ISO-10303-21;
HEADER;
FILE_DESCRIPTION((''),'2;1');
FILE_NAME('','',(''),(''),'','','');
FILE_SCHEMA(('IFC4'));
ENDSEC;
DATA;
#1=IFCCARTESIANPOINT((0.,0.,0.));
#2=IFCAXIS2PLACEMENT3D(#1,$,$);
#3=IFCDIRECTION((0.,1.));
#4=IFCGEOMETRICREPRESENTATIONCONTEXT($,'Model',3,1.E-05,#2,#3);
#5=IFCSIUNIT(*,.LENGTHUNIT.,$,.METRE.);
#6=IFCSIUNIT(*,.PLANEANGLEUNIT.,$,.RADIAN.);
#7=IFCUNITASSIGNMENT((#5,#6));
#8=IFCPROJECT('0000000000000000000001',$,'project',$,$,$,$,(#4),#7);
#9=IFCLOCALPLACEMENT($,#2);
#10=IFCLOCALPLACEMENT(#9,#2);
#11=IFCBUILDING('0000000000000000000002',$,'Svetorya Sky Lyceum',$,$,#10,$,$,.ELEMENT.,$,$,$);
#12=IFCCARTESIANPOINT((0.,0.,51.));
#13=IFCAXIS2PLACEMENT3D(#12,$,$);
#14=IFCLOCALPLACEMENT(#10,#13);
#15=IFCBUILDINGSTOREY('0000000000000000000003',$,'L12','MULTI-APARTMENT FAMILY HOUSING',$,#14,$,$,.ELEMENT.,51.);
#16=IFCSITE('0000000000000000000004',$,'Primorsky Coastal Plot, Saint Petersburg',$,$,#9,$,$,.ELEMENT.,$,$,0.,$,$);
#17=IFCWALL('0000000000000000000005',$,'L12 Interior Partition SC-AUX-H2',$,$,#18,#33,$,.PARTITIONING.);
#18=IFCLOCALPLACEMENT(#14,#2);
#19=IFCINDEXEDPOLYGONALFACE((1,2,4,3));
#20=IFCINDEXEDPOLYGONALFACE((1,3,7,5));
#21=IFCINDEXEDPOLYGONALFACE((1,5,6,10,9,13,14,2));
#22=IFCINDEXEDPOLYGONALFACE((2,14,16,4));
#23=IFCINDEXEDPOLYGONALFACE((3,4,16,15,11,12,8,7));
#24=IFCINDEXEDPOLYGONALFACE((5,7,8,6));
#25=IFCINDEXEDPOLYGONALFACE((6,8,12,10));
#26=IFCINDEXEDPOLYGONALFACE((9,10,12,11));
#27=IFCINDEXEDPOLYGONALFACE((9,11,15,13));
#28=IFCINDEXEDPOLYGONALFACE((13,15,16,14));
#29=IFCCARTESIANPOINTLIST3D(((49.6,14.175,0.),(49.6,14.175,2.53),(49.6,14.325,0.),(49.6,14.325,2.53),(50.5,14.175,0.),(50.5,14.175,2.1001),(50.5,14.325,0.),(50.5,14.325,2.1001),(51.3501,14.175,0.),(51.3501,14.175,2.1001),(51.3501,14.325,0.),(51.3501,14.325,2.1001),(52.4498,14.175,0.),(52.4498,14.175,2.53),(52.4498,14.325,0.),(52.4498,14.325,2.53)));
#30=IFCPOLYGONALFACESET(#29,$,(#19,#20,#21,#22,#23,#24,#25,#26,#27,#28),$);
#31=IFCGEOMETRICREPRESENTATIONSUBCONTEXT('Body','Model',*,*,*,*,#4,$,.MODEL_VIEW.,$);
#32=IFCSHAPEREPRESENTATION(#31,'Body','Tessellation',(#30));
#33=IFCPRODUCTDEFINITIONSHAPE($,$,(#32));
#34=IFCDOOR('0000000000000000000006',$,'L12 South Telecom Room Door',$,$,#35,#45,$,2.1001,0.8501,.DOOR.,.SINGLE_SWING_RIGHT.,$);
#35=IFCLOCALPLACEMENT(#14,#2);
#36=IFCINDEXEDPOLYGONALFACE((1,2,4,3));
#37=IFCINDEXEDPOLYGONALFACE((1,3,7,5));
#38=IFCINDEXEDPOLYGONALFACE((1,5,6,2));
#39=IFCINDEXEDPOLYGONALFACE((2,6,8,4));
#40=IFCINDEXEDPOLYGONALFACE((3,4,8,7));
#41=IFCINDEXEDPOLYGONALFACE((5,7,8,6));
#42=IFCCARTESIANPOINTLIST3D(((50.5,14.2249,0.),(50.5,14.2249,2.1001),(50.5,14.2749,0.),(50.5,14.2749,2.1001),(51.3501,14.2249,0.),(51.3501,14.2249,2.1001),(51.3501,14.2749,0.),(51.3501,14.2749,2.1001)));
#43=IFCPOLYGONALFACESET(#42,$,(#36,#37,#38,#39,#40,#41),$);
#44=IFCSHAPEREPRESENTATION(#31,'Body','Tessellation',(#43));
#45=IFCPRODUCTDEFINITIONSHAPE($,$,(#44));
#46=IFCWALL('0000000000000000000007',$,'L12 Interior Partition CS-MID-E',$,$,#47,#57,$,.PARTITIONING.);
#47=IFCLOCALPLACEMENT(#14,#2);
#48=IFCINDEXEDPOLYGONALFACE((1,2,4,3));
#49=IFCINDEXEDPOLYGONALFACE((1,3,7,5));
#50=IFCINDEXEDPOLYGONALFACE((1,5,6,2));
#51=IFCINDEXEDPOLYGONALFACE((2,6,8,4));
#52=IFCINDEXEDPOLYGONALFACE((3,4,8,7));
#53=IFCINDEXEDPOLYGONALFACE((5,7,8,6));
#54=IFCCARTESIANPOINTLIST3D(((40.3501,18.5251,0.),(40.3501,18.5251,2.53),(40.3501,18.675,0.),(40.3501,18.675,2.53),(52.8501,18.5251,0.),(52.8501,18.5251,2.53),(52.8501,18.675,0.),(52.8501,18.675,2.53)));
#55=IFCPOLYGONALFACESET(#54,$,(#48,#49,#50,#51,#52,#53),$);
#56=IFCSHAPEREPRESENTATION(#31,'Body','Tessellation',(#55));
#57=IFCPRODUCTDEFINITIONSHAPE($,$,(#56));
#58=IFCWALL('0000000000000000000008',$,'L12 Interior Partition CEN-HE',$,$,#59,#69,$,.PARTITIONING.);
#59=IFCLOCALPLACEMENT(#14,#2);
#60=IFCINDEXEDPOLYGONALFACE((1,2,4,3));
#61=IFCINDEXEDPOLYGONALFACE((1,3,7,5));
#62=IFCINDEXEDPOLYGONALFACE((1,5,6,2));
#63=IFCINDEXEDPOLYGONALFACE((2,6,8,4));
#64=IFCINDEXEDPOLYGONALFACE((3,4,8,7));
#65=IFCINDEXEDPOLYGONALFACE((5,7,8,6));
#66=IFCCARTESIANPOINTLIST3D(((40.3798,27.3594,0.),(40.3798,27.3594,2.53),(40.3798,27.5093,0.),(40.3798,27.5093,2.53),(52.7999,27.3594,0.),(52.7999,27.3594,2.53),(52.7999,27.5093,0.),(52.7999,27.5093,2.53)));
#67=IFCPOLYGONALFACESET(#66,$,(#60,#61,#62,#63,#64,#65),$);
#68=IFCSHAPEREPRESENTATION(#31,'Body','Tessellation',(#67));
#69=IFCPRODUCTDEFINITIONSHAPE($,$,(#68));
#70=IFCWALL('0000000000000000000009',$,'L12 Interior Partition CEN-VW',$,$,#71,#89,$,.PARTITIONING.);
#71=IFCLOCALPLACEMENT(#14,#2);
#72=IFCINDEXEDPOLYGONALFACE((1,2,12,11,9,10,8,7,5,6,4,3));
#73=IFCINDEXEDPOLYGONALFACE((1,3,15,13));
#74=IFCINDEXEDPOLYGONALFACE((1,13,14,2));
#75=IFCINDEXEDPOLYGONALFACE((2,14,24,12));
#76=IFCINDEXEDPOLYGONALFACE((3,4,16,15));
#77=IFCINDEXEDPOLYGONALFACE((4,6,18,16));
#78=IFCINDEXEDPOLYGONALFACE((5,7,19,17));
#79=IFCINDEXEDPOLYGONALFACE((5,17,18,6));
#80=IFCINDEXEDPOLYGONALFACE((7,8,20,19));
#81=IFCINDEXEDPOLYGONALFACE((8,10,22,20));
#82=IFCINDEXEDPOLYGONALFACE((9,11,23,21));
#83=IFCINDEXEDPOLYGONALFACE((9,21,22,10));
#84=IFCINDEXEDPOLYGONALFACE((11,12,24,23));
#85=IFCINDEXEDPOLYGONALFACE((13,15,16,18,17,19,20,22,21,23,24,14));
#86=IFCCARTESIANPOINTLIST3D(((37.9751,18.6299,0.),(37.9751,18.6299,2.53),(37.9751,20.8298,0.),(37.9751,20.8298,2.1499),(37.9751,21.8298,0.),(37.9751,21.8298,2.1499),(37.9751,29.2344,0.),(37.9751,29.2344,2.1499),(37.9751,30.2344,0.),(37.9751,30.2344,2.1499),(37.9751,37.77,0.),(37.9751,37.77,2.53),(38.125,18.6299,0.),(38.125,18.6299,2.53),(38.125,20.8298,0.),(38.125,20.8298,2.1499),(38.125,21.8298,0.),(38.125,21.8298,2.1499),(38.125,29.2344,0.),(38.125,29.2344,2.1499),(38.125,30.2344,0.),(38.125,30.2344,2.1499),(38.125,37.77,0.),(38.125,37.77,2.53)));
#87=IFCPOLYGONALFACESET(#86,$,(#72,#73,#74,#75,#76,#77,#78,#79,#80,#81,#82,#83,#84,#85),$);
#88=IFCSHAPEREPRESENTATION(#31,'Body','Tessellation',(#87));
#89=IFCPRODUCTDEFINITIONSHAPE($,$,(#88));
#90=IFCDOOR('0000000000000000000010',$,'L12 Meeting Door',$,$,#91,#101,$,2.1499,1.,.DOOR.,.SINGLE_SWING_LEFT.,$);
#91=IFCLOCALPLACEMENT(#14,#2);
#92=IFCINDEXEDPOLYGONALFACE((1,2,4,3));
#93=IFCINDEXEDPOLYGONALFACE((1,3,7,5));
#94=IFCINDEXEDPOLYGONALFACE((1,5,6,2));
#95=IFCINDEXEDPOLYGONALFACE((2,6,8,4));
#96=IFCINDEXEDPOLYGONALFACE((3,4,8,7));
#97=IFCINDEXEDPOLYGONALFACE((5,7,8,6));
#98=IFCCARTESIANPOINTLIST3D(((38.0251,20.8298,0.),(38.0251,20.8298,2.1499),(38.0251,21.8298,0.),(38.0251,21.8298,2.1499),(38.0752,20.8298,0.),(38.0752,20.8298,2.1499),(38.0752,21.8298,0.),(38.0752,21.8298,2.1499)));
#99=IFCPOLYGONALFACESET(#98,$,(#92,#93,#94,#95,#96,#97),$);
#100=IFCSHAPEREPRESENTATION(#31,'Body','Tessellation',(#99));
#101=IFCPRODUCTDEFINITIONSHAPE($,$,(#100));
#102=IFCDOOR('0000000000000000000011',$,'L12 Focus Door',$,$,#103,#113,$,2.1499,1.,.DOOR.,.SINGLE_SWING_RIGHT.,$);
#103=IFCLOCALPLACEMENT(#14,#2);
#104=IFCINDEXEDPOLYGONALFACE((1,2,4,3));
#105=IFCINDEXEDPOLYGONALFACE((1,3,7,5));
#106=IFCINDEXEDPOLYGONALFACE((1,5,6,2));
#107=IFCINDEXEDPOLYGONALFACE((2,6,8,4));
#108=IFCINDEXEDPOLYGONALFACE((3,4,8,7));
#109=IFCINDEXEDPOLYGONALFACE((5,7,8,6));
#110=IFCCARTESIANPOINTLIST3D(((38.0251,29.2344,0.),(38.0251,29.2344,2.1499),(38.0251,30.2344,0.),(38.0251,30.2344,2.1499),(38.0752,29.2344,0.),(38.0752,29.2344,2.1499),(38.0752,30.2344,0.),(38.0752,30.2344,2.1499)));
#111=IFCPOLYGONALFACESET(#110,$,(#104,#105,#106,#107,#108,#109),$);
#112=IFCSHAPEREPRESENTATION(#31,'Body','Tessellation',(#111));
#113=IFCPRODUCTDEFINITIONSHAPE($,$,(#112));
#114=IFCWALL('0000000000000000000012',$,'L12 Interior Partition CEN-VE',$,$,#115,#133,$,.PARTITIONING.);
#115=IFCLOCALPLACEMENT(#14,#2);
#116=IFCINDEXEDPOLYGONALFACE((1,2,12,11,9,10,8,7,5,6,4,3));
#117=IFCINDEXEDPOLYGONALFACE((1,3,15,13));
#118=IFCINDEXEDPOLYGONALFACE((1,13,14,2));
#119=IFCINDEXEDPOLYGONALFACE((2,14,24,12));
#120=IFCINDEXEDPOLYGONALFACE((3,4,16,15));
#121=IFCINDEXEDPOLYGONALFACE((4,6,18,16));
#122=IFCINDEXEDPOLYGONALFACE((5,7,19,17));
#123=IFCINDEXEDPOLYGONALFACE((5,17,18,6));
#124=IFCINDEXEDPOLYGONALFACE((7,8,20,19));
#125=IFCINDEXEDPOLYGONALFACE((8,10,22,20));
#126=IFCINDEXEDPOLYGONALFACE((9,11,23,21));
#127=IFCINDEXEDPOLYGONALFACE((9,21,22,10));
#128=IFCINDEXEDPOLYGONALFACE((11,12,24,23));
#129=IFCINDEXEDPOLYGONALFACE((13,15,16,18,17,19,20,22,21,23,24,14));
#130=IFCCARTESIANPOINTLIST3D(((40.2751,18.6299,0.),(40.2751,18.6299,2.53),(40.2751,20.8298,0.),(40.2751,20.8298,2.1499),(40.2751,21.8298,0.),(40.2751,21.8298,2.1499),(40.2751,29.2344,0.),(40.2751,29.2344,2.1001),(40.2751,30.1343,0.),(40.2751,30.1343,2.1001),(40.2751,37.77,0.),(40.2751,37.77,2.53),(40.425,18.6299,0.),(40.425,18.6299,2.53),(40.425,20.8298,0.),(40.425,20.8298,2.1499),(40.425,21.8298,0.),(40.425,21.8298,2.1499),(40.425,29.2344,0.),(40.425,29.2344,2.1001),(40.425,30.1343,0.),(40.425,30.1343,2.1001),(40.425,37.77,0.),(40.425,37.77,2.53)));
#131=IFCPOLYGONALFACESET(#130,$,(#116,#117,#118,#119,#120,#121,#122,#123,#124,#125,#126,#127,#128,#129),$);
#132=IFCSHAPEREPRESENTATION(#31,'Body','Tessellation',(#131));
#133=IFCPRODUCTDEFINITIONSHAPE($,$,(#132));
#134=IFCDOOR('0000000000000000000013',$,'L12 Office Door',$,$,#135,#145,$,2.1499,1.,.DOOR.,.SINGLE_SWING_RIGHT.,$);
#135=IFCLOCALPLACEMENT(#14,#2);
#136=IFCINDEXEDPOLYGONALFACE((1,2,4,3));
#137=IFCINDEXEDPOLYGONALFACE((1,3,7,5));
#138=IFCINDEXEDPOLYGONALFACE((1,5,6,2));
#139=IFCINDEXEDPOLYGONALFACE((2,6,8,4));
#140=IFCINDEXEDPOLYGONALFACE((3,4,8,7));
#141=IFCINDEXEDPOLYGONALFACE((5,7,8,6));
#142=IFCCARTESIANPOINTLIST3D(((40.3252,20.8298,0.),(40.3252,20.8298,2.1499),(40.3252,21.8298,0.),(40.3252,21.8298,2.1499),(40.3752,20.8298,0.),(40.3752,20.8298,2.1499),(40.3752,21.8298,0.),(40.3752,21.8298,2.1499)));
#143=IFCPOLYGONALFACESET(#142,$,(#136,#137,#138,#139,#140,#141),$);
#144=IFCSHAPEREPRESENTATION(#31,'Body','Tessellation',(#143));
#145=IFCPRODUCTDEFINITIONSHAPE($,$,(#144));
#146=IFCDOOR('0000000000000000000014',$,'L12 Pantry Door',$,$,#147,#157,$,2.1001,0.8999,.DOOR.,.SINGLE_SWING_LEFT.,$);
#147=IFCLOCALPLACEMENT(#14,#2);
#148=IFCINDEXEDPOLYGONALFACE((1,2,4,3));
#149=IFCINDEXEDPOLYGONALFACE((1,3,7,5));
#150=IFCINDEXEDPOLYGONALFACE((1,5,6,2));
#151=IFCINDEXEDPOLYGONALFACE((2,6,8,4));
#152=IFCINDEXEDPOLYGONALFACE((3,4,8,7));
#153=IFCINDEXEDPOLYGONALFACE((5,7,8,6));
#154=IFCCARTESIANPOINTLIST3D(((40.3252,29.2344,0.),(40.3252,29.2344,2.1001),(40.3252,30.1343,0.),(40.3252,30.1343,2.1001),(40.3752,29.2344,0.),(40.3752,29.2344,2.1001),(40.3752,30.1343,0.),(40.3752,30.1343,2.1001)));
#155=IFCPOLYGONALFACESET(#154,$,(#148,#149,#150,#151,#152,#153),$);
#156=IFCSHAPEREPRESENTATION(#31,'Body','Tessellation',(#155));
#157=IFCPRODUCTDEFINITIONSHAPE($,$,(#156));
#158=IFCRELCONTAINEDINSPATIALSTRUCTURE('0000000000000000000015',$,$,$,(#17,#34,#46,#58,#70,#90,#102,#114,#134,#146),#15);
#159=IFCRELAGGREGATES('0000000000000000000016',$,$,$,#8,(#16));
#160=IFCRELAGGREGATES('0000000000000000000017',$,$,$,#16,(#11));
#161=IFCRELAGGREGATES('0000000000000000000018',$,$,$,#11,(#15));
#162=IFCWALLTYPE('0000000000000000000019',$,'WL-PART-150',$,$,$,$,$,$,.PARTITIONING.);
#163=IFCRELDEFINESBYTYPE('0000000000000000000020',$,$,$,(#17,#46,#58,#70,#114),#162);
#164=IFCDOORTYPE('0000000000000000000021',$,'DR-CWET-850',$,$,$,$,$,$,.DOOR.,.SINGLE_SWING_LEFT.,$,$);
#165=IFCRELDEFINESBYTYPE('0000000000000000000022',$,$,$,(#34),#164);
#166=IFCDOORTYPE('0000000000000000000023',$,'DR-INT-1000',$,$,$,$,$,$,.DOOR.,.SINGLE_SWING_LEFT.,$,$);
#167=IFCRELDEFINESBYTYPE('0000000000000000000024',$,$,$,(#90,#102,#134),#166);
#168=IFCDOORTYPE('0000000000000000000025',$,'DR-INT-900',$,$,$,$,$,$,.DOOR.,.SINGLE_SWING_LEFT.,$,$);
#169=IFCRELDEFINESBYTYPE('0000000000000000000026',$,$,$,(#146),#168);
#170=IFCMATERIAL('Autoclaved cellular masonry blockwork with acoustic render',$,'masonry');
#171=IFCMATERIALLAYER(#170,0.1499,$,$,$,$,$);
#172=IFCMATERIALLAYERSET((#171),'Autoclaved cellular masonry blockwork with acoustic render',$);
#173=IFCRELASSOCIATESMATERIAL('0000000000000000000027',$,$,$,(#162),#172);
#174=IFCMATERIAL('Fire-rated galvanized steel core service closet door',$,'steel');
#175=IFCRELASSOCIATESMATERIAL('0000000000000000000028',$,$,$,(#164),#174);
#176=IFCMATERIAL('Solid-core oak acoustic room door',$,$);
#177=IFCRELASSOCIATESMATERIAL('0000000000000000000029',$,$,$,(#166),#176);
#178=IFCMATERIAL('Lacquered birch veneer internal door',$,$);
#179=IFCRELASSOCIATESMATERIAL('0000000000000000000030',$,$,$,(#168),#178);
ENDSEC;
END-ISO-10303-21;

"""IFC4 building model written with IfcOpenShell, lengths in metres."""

from ifc_helpers import new_model, si_unit, direction, frame, frame_2d, origin, place, context, subcontext, project, spatial, rectangle, extrude, material, layer, layer_set, type_object, element, fill, save


model = new_model("IFC4")

# Units and contexts
model_context = context("Model", 3, precision=1e-05, world=origin(), true_north=direction((0.0, 1.0)))
body_context = subcontext(model_context, "Body", "Model", "MODEL_VIEW")
ifc_project = project(units=[si_unit("LENGTHUNIT", "METRE"), si_unit("PLANEANGLEUNIT", "RADIAN")], contexts=[model_context])

# Site, building, storey
site_placement = place(None, origin())
site = spatial("IfcSite", under=ifc_project, at=site_placement, Name="Primorsky Coastal Plot, Saint Petersburg", CompositionType="ELEMENT", RefElevation=0.0)
building_placement = place(site_placement, origin())
building = spatial("IfcBuilding", under=site, at=building_placement, Name="Svetorya Sky Lyceum", CompositionType="ELEMENT")
storey_placement = place(building_placement, frame((0.0, 0.0, 51.0)))
storey = spatial("IfcBuildingStorey", under=building, at=storey_placement, Name="L12", Description="MULTI-APARTMENT FAMILY HOUSING", CompositionType="ELEMENT", Elevation=51.0)

# Shared definitions
ifc_material_1 = material(Name="Autoclaved cellular masonry blockwork with acoustic render", Category="masonry")
ifc_layer_1 = layer(ifc_material_1, 0.1499)
ifc_layer_set_1 = layer_set([ifc_layer_1], Name="Autoclaved cellular masonry blockwork with acoustic render")
wall_type_1 = type_object("IfcWallType", Name="WL-PART-150", PredefinedType="PARTITIONING", material=ifc_layer_set_1)

# Wall, opening, door
wall_1_placement = place(storey_placement, frame((49.6001, 14.25, 0.0), z_axis=(0.0, 0.0, 1.0), x_axis=(1.0, 0.0, 0.0)))
wall_1 = element("IfcWall", 1, at=wall_1_placement, inside=storey, type_object=wall_type_1, Name="L12 Interior Partition SC-AUX-H2", PredefinedType="PARTITIONING", context=body_context, shape_type="SweptSolid", body=[
    extrude(rectangle(XDim=2.8499, YDim=0.1499, at=frame_2d((1.4248, 0.0))), origin(), (0.0, 0.0, 1.0), 2.53),
])
opening_1_placement = place(wall_1_placement, frame((0.8999, 0.0, 0.0)))
opening_1 = element("IfcOpeningElement", 2, at=opening_1_placement, cuts=wall_1, PredefinedType="OPENING", context=body_context, shape_type="SweptSolid", body=[
    extrude(rectangle(XDim=0.8501, YDim=2.1001, at=frame_2d((0.425, 1.05))), frame((0.0, 0.085, 0.0), z_axis=(0.0, -1.0, 0.0), x_axis=(1.0, 0.0, 0.0)), (0.0, 0.0, 1.0), 0.1699),
])
ifc_material_2 = material(Name="Fire-rated galvanized steel core service closet door", Category="steel")
door_type_1 = type_object("IfcDoorType", Name="DR-CWET-850", OperationType="SINGLE_SWING_LEFT", PredefinedType="DOOR", material=ifc_material_2)
door_1_placement = place(opening_1_placement, origin())
door_1 = element("IfcDoor", 3, at=door_1_placement, inside=storey, type_object=door_type_1, Name="L12 South Telecom Room Door", OperationType="SINGLE_SWING_RIGHT", OverallHeight=2.1001, OverallWidth=0.8501, PredefinedType="DOOR", context=body_context, shape_type="SweptSolid", body=[
    extrude(rectangle(XDim=0.8501, YDim=2.1001, at=frame_2d((0.425, 1.05))), frame((0.0, 0.0249, 0.0), z_axis=(0.0, -1.0, 0.0), x_axis=(1.0, 0.0, 0.0)), (0.0, 0.0, 1.0), 0.05),
])
fill(opening_1, door_1)

# Walls
wall_2_placement = place(storey_placement, frame((40.3501, 18.6001, 0.0), z_axis=(0.0, 0.0, 1.0), x_axis=(1.0, 0.0, 0.0)))
element("IfcWall", 4, at=wall_2_placement, inside=storey, type_object=wall_type_1, Name="L12 Interior Partition CS-MID-E", PredefinedType="PARTITIONING", context=body_context, shape_type="SweptSolid", body=[
    extrude(rectangle(XDim=12.5, YDim=0.1499, at=frame_2d((6.25, 0.0))), origin(), (0.0, 0.0, 1.0), 2.53),
])
wall_3_placement = place(storey_placement, frame((40.3799, 27.4343, 0.0), z_axis=(0.0, 0.0, 1.0), x_axis=(1.0, 0.0, 0.0)))
element("IfcWall", 5, at=wall_3_placement, inside=storey, type_object=wall_type_1, Name="L12 Interior Partition CEN-HE", PredefinedType="PARTITIONING", context=body_context, shape_type="SweptSolid", body=[
    extrude(rectangle(XDim=12.4202, YDim=0.1499, at=frame_2d((6.21, 0.0))), origin(), (0.0, 0.0, 1.0), 2.53),
])

# Walls, openings, doors
wall_4_placement = place(storey_placement, frame((38.05, 18.6299, 0.0), z_axis=(0.0, 0.0, 1.0), x_axis=(0.0, 1.0, 0.0)))
wall_4 = element("IfcWall", 6, at=wall_4_placement, inside=storey, type_object=wall_type_1, Name="L12 Interior Partition CEN-VW", PredefinedType="PARTITIONING", context=body_context, shape_type="SweptSolid", body=[
    extrude(rectangle(XDim=19.1401, YDim=0.1499, at=frame_2d((9.5701, 0.0))), origin(), (0.0, 0.0, 1.0), 2.53),
])
opening_2_placement = place(wall_4_placement, frame((2.2, 0.0, 0.0)))
opening_2 = element("IfcOpeningElement", 7, at=opening_2_placement, cuts=wall_4, PredefinedType="OPENING", context=body_context, shape_type="SweptSolid", body=[
    extrude(rectangle(XDim=1.0, YDim=2.1499, at=frame_2d((0.5, 1.075))), frame((0.0, 0.085, 0.0), z_axis=(0.0, -1.0, 0.0), x_axis=(1.0, 0.0, 0.0)), (0.0, 0.0, 1.0), 0.1699),
])
opening_3_placement = place(wall_4_placement, frame((10.6045, 0.0, 0.0)))
opening_3 = element("IfcOpeningElement", 8, at=opening_3_placement, cuts=wall_4, PredefinedType="OPENING", context=body_context, shape_type="SweptSolid", body=[
    extrude(rectangle(XDim=1.0, YDim=2.1499, at=frame_2d((0.5, 1.075))), frame((0.0, 0.085, 0.0), z_axis=(0.0, -1.0, 0.0), x_axis=(1.0, 0.0, 0.0)), (0.0, 0.0, 1.0), 0.1699),
])
ifc_material_3 = material(Name="Solid-core oak acoustic room door")
door_type_2 = type_object("IfcDoorType", Name="DR-INT-1000", OperationType="SINGLE_SWING_LEFT", PredefinedType="DOOR", material=ifc_material_3)
door_2_placement = place(opening_2_placement, origin())
door_2 = element("IfcDoor", 9, at=door_2_placement, inside=storey, type_object=door_type_2, Name="L12 Meeting Door", OperationType="SINGLE_SWING_LEFT", OverallHeight=2.1499, OverallWidth=1.0, PredefinedType="DOOR", context=body_context, shape_type="SweptSolid", body=[
    extrude(rectangle(XDim=1.0, YDim=2.1499, at=frame_2d((0.5, 1.075))), frame((0.0, 0.0249, 0.0), z_axis=(0.0, -1.0, 0.0), x_axis=(1.0, 0.0, 0.0)), (0.0, 0.0, 1.0), 0.05),
])
fill(opening_2, door_2)
door_3_placement = place(opening_3_placement, origin())
door_3 = element("IfcDoor", 10, at=door_3_placement, inside=storey, type_object=door_type_2, Name="L12 Focus Door", OperationType="SINGLE_SWING_RIGHT", OverallHeight=2.1499, OverallWidth=1.0, PredefinedType="DOOR", context=body_context, shape_type="SweptSolid", body=[
    extrude(rectangle(XDim=1.0, YDim=2.1499, at=frame_2d((0.5, 1.075))), frame((0.0, 0.0249, 0.0), z_axis=(0.0, -1.0, 0.0), x_axis=(1.0, 0.0, 0.0)), (0.0, 0.0, 1.0), 0.05),
])
fill(opening_3, door_3)
wall_5_placement = place(storey_placement, frame((40.3501, 18.6299, 0.0), z_axis=(0.0, 0.0, 1.0), x_axis=(0.0, 1.0, 0.0)))
wall_5 = element("IfcWall", 11, at=wall_5_placement, inside=storey, type_object=wall_type_1, Name="L12 Interior Partition CEN-VE", PredefinedType="PARTITIONING", context=body_context, shape_type="SweptSolid", body=[
    extrude(rectangle(XDim=19.1401, YDim=0.1499, at=frame_2d((9.5701, 0.0))), origin(), (0.0, 0.0, 1.0), 2.53),
])
opening_4_placement = place(wall_5_placement, frame((2.2, 0.0, 0.0)))
opening_4 = element("IfcOpeningElement", 12, at=opening_4_placement, cuts=wall_5, PredefinedType="OPENING", context=body_context, shape_type="SweptSolid", body=[
    extrude(rectangle(XDim=1.0, YDim=2.1499, at=frame_2d((0.5, 1.075))), frame((0.0, 0.085, 0.0), z_axis=(0.0, -1.0, 0.0), x_axis=(1.0, 0.0, 0.0)), (0.0, 0.0, 1.0), 0.1699),
])
opening_5_placement = place(wall_5_placement, frame((10.6045, 0.0, 0.0)))
opening_5 = element("IfcOpeningElement", 13, at=opening_5_placement, cuts=wall_5, PredefinedType="OPENING", context=body_context, shape_type="SweptSolid", body=[
    extrude(rectangle(XDim=0.8999, YDim=2.1001, at=frame_2d((0.45, 1.05))), frame((0.0, 0.085, 0.0), z_axis=(0.0, -1.0, 0.0), x_axis=(1.0, 0.0, 0.0)), (0.0, 0.0, 1.0), 0.1699),
])
door_4_placement = place(opening_4_placement, origin())
door_4 = element("IfcDoor", 14, at=door_4_placement, inside=storey, type_object=door_type_2, Name="L12 Office Door", OperationType="SINGLE_SWING_RIGHT", OverallHeight=2.1499, OverallWidth=1.0, PredefinedType="DOOR", context=body_context, shape_type="SweptSolid", body=[
    extrude(rectangle(XDim=1.0, YDim=2.1499, at=frame_2d((0.5, 1.075))), frame((0.0, 0.0249, 0.0), z_axis=(0.0, -1.0, 0.0), x_axis=(1.0, 0.0, 0.0)), (0.0, 0.0, 1.0), 0.05),
])
fill(opening_4, door_4)
ifc_material_4 = material(Name="Lacquered birch veneer internal door")
door_type_3 = type_object("IfcDoorType", Name="DR-INT-900", OperationType="SINGLE_SWING_LEFT", PredefinedType="DOOR", material=ifc_material_4)
door_5_placement = place(opening_5_placement, origin())
door_5 = element("IfcDoor", 15, at=door_5_placement, inside=storey, type_object=door_type_3, Name="L12 Pantry Door", OperationType="SINGLE_SWING_LEFT", OverallHeight=2.1001, OverallWidth=0.8999, PredefinedType="DOOR", context=body_context, shape_type="SweptSolid", body=[
    extrude(rectangle(XDim=0.8999, YDim=2.1001, at=frame_2d((0.45, 1.05))), frame((0.0, 0.0249, 0.0), z_axis=(0.0, -1.0, 0.0), x_axis=(1.0, 0.0, 0.0)), (0.0, 0.0, 1.0), 0.05),
])
fill(opening_5, door_5)

save(model, "model.ifc")
